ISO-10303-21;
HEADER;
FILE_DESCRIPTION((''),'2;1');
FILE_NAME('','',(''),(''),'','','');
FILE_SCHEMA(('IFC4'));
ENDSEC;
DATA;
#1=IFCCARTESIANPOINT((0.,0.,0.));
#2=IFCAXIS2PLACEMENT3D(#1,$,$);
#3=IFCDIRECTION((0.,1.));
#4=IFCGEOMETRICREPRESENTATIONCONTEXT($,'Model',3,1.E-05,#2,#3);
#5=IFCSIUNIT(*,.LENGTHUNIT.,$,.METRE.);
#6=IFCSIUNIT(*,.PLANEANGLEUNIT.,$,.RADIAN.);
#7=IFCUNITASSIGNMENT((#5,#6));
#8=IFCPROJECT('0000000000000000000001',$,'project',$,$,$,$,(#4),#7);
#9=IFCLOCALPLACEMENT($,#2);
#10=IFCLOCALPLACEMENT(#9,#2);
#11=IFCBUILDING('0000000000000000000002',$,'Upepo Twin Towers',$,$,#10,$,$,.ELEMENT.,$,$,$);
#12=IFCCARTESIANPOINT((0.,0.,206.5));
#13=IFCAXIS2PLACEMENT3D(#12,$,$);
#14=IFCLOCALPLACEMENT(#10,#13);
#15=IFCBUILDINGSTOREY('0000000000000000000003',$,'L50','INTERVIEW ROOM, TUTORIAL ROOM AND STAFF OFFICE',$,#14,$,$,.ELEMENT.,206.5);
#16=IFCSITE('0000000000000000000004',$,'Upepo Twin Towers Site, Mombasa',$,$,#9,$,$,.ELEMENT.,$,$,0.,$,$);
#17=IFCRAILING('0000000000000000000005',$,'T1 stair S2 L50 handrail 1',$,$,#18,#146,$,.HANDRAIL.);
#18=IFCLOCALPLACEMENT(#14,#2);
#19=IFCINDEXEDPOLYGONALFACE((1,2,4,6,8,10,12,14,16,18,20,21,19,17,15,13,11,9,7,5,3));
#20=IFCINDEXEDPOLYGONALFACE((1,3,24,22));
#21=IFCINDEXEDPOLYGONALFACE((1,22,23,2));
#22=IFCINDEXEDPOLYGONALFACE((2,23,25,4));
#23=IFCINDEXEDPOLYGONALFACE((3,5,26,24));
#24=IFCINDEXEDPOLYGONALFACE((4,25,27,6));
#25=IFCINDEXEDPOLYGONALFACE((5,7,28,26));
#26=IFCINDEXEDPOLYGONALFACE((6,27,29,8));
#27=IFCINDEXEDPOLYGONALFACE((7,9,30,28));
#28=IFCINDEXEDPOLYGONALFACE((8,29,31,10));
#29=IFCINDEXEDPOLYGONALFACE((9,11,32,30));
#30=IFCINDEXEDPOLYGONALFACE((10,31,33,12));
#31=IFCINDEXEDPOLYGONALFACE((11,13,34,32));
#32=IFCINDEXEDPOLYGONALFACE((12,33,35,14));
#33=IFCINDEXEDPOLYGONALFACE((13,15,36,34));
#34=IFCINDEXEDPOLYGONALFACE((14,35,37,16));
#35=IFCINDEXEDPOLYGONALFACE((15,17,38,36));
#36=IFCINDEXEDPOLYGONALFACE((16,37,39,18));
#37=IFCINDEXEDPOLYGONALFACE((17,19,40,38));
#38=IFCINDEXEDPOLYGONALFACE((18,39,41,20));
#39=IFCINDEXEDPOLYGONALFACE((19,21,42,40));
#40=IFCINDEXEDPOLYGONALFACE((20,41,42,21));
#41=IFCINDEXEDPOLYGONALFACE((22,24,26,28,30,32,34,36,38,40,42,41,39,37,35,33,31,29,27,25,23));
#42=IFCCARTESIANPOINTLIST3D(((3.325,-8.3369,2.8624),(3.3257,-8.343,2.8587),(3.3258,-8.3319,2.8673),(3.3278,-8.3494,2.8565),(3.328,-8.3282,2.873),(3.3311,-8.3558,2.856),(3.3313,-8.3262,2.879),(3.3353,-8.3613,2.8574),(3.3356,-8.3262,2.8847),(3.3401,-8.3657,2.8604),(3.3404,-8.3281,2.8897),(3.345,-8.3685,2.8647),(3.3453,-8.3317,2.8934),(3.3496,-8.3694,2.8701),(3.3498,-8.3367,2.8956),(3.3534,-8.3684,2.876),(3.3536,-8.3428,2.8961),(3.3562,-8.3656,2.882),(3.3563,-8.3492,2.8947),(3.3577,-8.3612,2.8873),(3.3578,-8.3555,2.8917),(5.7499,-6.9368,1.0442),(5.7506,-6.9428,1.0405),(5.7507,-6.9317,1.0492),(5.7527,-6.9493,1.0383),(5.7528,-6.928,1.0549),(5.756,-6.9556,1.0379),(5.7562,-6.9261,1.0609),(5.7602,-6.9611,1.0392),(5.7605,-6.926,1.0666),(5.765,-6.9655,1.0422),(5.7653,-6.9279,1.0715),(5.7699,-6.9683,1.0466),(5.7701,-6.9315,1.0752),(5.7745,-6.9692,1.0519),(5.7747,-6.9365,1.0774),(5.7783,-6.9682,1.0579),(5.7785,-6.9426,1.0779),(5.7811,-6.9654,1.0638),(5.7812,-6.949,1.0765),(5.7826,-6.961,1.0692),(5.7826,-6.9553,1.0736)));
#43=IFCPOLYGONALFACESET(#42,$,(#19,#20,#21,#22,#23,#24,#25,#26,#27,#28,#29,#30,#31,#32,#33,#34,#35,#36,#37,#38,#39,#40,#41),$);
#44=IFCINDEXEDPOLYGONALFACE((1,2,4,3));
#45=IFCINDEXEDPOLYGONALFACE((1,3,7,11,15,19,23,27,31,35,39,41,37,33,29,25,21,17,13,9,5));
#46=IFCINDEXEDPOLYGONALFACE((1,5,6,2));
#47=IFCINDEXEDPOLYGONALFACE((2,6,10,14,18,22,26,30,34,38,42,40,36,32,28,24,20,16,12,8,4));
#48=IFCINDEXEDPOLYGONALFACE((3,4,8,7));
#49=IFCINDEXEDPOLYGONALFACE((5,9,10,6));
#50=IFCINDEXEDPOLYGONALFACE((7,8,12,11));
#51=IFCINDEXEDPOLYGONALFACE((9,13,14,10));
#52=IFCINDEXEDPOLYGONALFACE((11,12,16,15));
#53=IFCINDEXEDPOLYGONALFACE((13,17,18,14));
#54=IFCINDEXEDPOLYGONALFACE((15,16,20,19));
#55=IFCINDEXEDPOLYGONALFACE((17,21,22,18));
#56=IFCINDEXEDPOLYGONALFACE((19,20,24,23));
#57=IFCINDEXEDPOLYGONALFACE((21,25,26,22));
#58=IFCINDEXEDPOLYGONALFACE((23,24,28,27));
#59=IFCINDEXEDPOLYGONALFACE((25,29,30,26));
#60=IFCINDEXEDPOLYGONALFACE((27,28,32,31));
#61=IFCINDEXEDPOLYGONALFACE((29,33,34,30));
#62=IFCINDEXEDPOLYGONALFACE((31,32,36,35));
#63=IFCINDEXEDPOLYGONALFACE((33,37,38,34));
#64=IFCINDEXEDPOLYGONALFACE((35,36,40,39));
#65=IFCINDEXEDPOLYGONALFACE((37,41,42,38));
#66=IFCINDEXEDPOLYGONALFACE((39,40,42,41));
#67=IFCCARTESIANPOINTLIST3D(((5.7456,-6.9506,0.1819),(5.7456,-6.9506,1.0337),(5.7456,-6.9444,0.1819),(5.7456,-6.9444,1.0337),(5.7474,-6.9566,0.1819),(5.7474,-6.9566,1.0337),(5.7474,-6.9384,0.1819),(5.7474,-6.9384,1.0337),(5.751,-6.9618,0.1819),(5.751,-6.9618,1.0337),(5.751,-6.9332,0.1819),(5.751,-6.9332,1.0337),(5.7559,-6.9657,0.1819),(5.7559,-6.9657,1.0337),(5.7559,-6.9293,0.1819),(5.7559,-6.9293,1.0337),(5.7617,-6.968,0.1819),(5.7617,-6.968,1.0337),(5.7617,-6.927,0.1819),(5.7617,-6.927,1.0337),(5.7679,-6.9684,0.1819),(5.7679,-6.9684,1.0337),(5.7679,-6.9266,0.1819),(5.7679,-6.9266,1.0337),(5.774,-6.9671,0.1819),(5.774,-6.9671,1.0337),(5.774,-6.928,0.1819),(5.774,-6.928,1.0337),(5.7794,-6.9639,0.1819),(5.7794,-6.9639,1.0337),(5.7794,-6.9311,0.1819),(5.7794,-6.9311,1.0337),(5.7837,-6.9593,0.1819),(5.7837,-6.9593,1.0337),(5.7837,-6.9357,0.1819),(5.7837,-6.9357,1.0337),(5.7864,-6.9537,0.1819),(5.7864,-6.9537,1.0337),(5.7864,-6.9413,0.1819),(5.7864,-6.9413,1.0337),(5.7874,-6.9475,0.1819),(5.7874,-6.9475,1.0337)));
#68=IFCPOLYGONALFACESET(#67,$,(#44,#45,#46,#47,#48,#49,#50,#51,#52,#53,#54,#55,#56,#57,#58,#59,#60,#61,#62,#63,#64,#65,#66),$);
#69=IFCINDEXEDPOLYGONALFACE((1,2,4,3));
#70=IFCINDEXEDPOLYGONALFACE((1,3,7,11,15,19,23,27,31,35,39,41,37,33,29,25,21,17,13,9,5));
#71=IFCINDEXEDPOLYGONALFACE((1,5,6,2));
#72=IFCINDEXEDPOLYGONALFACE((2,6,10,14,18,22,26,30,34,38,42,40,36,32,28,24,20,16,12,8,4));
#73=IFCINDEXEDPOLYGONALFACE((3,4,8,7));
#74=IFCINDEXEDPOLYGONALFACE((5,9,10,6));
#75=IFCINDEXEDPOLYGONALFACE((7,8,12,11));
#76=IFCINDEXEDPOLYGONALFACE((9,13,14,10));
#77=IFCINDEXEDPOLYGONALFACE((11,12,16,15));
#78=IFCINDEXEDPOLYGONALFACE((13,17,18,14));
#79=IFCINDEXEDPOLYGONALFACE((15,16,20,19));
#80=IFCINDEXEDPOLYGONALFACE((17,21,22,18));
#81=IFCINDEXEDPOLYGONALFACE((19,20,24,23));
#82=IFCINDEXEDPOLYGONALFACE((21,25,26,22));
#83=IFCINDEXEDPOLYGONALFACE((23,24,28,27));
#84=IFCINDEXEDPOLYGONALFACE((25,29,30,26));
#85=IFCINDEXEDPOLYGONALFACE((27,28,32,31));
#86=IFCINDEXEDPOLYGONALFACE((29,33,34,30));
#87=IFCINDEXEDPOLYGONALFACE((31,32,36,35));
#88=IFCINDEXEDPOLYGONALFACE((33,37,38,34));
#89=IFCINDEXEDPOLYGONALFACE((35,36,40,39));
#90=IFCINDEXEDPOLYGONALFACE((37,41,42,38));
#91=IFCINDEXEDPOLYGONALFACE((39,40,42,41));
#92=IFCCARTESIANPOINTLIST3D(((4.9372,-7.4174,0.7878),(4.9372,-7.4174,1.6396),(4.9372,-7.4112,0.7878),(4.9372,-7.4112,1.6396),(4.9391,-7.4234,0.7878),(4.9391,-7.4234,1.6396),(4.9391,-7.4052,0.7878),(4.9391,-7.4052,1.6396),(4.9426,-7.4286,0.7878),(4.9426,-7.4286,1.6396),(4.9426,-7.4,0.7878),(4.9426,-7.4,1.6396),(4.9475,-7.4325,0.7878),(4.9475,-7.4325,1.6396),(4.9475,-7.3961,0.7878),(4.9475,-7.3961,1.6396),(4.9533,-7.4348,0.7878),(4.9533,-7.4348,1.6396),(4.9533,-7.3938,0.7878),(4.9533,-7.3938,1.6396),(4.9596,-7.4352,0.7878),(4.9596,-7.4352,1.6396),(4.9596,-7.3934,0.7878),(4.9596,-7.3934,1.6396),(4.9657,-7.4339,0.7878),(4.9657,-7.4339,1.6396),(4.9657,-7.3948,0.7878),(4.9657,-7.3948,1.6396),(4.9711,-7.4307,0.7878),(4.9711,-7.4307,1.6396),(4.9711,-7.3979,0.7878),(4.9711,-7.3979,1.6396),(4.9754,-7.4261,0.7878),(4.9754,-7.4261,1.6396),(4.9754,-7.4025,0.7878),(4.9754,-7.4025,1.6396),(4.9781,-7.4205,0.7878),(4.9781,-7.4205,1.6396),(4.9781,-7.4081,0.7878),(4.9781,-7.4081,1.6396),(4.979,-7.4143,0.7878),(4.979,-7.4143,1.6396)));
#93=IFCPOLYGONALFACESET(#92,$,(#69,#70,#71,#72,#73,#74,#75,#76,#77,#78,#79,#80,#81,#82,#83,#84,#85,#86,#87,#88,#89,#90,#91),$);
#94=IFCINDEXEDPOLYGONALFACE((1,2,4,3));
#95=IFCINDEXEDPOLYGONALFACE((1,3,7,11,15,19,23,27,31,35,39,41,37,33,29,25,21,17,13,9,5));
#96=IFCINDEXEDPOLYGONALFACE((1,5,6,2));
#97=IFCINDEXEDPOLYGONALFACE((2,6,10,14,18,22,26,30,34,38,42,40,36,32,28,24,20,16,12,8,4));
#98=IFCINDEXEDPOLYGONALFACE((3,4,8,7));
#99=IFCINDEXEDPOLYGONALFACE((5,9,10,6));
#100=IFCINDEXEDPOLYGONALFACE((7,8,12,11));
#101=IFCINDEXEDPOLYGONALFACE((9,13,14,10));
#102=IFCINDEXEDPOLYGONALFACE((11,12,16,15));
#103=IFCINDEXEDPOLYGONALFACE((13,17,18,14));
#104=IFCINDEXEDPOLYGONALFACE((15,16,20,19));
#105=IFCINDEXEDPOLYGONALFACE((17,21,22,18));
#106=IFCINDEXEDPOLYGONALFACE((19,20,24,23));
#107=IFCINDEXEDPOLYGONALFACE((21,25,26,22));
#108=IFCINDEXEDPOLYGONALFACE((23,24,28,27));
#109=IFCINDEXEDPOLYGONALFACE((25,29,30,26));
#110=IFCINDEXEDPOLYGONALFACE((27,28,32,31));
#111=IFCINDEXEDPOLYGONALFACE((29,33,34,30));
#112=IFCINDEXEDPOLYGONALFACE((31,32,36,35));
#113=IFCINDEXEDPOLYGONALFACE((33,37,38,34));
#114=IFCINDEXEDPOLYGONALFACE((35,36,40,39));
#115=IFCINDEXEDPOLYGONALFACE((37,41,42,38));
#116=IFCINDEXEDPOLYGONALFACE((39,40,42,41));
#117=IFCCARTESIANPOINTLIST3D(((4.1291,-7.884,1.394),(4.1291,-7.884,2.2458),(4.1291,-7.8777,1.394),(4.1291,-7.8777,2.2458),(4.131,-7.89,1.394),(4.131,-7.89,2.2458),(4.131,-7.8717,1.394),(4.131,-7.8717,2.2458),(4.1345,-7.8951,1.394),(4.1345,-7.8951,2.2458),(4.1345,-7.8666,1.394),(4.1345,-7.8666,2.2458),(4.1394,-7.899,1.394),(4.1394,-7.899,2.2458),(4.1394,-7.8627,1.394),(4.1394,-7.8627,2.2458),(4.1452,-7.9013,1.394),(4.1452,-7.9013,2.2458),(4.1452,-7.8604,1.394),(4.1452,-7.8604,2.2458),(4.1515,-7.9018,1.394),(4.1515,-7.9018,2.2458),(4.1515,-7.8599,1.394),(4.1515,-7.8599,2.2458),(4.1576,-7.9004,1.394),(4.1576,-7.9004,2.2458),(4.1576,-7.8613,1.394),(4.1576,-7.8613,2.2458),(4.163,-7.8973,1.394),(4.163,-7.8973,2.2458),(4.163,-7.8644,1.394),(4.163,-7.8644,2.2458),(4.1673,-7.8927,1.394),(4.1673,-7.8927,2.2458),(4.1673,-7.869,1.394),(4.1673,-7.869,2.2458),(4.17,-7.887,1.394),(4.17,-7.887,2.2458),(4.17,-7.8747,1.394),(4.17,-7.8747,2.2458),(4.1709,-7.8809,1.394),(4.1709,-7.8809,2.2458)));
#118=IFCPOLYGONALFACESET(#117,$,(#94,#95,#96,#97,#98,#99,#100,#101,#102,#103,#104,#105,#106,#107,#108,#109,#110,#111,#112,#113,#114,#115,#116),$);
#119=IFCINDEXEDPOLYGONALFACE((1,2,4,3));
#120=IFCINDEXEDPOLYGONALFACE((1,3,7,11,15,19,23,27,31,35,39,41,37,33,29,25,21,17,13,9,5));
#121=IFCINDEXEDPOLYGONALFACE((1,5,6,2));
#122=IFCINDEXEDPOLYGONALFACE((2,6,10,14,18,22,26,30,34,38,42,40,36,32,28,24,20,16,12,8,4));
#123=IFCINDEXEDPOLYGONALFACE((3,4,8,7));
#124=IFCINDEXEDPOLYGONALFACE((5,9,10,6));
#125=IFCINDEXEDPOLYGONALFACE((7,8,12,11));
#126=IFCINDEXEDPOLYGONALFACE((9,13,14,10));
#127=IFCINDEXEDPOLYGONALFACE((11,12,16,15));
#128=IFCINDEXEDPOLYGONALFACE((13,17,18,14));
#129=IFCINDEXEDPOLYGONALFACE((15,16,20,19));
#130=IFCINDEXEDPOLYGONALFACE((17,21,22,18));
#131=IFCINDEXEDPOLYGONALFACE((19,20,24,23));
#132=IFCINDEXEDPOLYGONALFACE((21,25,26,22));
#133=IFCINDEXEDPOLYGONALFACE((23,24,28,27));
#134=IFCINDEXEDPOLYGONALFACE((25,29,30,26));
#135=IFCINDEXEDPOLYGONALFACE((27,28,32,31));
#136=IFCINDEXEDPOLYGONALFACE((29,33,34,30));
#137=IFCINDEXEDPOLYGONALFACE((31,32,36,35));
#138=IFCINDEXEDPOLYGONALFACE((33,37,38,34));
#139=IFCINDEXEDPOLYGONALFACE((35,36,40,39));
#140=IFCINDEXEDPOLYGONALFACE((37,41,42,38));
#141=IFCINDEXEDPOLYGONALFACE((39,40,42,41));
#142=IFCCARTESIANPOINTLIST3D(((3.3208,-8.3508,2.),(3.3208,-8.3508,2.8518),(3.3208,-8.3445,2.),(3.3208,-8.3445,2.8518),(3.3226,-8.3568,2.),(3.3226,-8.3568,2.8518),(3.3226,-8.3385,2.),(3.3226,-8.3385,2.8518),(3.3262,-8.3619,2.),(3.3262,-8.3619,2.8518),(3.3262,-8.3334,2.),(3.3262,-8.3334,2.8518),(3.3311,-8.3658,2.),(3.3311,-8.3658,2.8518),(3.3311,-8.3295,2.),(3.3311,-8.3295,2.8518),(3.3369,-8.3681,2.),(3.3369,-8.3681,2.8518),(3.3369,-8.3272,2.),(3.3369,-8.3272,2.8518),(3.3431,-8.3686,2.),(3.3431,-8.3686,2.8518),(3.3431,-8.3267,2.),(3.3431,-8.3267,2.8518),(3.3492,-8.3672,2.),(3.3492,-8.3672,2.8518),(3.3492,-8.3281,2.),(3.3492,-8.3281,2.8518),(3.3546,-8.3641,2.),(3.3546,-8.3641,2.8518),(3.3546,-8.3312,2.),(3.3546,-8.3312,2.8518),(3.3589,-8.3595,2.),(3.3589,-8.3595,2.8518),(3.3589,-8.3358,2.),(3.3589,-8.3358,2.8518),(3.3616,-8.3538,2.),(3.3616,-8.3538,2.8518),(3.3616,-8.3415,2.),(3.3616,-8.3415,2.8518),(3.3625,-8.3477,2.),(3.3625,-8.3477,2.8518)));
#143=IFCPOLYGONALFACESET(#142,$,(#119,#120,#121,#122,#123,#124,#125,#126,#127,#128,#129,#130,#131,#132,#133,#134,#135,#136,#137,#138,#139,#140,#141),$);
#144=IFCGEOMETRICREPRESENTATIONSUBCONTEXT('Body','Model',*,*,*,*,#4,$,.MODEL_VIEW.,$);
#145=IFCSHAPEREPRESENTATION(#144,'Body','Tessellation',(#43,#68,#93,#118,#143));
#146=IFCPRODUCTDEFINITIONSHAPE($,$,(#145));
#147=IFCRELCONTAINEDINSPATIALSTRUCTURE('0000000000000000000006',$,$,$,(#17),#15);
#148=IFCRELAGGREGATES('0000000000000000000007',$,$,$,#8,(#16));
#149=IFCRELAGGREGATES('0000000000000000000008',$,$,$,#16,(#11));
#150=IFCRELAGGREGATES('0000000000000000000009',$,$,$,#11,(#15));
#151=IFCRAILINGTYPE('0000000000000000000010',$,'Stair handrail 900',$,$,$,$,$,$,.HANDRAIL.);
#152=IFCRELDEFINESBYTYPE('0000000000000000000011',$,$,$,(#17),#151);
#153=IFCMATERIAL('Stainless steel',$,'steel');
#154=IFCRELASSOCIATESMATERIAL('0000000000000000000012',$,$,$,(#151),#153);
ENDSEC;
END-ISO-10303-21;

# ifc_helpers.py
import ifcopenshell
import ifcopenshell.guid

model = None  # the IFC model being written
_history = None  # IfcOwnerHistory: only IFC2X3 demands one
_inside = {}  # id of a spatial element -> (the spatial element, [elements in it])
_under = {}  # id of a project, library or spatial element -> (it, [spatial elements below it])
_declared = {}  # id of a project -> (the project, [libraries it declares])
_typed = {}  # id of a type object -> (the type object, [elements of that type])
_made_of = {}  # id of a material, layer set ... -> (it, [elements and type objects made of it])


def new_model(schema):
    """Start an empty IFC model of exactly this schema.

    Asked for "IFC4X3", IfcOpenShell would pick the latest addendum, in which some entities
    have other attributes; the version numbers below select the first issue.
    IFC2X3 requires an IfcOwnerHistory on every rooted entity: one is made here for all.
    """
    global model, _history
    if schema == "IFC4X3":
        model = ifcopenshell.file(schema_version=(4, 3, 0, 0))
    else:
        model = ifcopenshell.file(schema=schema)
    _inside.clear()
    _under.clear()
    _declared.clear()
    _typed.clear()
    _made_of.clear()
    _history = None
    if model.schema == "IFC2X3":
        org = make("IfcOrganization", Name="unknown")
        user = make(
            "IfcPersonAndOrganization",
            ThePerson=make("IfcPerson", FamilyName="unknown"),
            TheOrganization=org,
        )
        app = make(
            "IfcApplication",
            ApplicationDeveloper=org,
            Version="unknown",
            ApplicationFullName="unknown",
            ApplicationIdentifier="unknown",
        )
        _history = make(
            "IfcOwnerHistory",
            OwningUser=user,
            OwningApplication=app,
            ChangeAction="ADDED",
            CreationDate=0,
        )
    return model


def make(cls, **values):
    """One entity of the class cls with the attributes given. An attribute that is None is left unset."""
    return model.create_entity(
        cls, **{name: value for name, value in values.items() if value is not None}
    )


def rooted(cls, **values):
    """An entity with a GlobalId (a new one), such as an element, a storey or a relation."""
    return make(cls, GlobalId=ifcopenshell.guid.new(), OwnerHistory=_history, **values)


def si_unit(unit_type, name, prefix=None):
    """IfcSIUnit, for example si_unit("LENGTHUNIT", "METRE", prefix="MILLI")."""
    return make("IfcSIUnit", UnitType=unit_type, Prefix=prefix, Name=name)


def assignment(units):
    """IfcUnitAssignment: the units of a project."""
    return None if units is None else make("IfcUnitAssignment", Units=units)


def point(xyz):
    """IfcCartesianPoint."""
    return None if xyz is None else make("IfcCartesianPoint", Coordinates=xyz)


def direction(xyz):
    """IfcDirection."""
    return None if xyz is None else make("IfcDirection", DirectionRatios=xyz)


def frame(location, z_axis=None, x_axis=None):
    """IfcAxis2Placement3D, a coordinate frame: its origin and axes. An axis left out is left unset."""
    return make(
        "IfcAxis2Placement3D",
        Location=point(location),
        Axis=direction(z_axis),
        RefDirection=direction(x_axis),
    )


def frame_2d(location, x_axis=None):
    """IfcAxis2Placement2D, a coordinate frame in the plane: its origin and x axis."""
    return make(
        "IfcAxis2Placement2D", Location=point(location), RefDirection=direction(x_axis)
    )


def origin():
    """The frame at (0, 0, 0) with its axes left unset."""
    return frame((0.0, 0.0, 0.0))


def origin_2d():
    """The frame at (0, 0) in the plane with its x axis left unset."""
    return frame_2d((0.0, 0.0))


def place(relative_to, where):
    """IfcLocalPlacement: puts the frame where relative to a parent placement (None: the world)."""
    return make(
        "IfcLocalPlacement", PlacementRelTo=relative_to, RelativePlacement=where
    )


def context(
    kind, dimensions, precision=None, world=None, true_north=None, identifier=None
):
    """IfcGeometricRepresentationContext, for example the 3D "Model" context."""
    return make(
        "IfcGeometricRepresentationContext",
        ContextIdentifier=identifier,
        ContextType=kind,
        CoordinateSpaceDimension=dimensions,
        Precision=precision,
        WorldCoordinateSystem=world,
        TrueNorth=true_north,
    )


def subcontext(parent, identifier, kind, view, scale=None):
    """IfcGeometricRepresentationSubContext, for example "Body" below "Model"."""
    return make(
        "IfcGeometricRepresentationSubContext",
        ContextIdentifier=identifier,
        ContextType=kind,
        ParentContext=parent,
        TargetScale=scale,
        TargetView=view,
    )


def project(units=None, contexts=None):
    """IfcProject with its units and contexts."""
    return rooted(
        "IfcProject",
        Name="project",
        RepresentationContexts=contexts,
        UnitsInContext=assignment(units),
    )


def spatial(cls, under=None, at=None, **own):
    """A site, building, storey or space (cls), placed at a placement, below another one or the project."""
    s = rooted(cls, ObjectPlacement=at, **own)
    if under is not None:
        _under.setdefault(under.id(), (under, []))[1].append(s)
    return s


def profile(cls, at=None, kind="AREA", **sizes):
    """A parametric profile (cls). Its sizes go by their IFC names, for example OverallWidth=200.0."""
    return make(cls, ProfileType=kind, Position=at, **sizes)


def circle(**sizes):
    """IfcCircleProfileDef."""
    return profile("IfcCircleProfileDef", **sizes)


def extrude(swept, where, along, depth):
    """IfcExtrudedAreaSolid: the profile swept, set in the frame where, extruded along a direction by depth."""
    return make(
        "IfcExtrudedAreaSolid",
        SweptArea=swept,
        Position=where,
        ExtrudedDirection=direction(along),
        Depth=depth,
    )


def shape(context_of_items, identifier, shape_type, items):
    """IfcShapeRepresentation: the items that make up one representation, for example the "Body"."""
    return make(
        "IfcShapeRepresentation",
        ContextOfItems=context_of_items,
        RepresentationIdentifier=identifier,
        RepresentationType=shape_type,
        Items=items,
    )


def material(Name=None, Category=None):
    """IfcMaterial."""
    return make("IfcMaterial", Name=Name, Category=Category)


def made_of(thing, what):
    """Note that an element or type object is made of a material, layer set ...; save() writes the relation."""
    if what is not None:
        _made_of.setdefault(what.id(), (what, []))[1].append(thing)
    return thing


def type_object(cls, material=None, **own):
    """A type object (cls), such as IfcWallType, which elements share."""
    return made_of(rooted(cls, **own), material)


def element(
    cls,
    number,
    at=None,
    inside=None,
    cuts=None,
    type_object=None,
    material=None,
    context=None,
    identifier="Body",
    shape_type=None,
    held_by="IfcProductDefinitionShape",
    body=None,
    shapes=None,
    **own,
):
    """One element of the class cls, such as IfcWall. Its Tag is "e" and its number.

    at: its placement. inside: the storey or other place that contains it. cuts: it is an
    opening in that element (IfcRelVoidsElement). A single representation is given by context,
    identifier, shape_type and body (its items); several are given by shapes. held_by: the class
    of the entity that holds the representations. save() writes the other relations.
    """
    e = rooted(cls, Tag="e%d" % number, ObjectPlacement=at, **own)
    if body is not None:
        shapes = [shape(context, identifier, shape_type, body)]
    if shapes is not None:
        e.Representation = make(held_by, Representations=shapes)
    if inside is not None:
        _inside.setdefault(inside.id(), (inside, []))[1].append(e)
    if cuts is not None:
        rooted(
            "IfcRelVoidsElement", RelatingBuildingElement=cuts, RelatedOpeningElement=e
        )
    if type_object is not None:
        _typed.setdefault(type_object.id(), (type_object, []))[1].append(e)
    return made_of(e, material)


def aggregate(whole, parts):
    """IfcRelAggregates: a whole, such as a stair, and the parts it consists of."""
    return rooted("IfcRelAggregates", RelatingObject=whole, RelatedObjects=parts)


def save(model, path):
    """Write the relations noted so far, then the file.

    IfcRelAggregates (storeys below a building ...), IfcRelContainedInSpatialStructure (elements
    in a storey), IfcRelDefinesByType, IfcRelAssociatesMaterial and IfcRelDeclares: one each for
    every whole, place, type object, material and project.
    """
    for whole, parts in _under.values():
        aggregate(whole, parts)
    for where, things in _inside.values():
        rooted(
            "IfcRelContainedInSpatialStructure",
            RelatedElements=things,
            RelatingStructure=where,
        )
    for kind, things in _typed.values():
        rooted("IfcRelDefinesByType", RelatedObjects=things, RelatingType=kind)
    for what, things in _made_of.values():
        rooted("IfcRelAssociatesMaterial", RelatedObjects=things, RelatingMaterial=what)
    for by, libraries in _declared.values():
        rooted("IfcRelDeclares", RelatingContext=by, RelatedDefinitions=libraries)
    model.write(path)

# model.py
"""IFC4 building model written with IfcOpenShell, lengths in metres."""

from ifc_helpers import new_model, si_unit, direction, frame, origin, origin_2d, place, context, subcontext, project, spatial, circle, extrude, material, type_object, element, save


model = new_model("IFC4")

# Units and contexts
model_context = context("Model", 3, precision=1e-05, world=origin(), true_north=direction((0.0, 1.0)))
body_context = subcontext(model_context, "Body", "Model", "MODEL_VIEW")
ifc_project = project(units=[si_unit("LENGTHUNIT", "METRE"), si_unit("PLANEANGLEUNIT", "RADIAN")], contexts=[model_context])

# Site, building, storey
site_placement = place(None, origin())
site = spatial("IfcSite", under=ifc_project, at=site_placement, Name="Upepo Twin Towers Site, Mombasa", CompositionType="ELEMENT", RefElevation=0.0)
building_placement = place(site_placement, origin())
building = spatial("IfcBuilding", under=site, at=building_placement, Name="Upepo Twin Towers", CompositionType="ELEMENT")
storey_placement = place(building_placement, frame((0.0, 0.0, 206.5)))
storey = spatial("IfcBuildingStorey", under=building, at=storey_placement, Name="L50", Description="INTERVIEW ROOM, TUTORIAL ROOM AND STAFF OFFICE", CompositionType="ELEMENT", Elevation=206.5)

# Railing
ifc_material_1 = material(Name="Stainless steel", Category="steel")
railing_type = type_object("IfcRailingType", Name="Stair handrail 900", PredefinedType="HANDRAIL", material=ifc_material_1)
railing_1_placement = place(storey_placement, frame((5.7664, -6.9475, 0.1819)))
element("IfcRailing", 1, at=railing_1_placement, inside=storey, type_object=railing_type, Name="T1 stair S2 L50 handrail 1", PredefinedType="HANDRAIL", context=body_context, shape_type="SweptSolid", body=[
    extrude(circle(Radius=0.0239, at=origin_2d()), frame((0.0, 0.0, 0.876), z_axis=(-0.726314, -0.419393, 0.544589), x_axis=(0.50005, -0.865997, 0.0)), (0.0, 0.0, 1.0), 3.3386),
    extrude(circle(Radius=0.021, at=origin_2d()), origin(), (0.0, 0.0, 1.0), 0.8518),
    extrude(circle(Radius=0.021, at=origin_2d()), frame((-0.8083, -0.4668, 0.606)), (0.0, 0.0, 1.0), 0.8518),
    extrude(circle(Radius=0.021, at=origin_2d()), frame((-1.6165, -0.9333, 1.2122)), (0.0, 0.0, 1.0), 0.8518),
    extrude(circle(Radius=0.021, at=origin_2d()), frame((-2.4248, -1.4001, 1.8181)), (0.0, 0.0, 1.0), 0.8518),
])

save(model, "model.ifc")
